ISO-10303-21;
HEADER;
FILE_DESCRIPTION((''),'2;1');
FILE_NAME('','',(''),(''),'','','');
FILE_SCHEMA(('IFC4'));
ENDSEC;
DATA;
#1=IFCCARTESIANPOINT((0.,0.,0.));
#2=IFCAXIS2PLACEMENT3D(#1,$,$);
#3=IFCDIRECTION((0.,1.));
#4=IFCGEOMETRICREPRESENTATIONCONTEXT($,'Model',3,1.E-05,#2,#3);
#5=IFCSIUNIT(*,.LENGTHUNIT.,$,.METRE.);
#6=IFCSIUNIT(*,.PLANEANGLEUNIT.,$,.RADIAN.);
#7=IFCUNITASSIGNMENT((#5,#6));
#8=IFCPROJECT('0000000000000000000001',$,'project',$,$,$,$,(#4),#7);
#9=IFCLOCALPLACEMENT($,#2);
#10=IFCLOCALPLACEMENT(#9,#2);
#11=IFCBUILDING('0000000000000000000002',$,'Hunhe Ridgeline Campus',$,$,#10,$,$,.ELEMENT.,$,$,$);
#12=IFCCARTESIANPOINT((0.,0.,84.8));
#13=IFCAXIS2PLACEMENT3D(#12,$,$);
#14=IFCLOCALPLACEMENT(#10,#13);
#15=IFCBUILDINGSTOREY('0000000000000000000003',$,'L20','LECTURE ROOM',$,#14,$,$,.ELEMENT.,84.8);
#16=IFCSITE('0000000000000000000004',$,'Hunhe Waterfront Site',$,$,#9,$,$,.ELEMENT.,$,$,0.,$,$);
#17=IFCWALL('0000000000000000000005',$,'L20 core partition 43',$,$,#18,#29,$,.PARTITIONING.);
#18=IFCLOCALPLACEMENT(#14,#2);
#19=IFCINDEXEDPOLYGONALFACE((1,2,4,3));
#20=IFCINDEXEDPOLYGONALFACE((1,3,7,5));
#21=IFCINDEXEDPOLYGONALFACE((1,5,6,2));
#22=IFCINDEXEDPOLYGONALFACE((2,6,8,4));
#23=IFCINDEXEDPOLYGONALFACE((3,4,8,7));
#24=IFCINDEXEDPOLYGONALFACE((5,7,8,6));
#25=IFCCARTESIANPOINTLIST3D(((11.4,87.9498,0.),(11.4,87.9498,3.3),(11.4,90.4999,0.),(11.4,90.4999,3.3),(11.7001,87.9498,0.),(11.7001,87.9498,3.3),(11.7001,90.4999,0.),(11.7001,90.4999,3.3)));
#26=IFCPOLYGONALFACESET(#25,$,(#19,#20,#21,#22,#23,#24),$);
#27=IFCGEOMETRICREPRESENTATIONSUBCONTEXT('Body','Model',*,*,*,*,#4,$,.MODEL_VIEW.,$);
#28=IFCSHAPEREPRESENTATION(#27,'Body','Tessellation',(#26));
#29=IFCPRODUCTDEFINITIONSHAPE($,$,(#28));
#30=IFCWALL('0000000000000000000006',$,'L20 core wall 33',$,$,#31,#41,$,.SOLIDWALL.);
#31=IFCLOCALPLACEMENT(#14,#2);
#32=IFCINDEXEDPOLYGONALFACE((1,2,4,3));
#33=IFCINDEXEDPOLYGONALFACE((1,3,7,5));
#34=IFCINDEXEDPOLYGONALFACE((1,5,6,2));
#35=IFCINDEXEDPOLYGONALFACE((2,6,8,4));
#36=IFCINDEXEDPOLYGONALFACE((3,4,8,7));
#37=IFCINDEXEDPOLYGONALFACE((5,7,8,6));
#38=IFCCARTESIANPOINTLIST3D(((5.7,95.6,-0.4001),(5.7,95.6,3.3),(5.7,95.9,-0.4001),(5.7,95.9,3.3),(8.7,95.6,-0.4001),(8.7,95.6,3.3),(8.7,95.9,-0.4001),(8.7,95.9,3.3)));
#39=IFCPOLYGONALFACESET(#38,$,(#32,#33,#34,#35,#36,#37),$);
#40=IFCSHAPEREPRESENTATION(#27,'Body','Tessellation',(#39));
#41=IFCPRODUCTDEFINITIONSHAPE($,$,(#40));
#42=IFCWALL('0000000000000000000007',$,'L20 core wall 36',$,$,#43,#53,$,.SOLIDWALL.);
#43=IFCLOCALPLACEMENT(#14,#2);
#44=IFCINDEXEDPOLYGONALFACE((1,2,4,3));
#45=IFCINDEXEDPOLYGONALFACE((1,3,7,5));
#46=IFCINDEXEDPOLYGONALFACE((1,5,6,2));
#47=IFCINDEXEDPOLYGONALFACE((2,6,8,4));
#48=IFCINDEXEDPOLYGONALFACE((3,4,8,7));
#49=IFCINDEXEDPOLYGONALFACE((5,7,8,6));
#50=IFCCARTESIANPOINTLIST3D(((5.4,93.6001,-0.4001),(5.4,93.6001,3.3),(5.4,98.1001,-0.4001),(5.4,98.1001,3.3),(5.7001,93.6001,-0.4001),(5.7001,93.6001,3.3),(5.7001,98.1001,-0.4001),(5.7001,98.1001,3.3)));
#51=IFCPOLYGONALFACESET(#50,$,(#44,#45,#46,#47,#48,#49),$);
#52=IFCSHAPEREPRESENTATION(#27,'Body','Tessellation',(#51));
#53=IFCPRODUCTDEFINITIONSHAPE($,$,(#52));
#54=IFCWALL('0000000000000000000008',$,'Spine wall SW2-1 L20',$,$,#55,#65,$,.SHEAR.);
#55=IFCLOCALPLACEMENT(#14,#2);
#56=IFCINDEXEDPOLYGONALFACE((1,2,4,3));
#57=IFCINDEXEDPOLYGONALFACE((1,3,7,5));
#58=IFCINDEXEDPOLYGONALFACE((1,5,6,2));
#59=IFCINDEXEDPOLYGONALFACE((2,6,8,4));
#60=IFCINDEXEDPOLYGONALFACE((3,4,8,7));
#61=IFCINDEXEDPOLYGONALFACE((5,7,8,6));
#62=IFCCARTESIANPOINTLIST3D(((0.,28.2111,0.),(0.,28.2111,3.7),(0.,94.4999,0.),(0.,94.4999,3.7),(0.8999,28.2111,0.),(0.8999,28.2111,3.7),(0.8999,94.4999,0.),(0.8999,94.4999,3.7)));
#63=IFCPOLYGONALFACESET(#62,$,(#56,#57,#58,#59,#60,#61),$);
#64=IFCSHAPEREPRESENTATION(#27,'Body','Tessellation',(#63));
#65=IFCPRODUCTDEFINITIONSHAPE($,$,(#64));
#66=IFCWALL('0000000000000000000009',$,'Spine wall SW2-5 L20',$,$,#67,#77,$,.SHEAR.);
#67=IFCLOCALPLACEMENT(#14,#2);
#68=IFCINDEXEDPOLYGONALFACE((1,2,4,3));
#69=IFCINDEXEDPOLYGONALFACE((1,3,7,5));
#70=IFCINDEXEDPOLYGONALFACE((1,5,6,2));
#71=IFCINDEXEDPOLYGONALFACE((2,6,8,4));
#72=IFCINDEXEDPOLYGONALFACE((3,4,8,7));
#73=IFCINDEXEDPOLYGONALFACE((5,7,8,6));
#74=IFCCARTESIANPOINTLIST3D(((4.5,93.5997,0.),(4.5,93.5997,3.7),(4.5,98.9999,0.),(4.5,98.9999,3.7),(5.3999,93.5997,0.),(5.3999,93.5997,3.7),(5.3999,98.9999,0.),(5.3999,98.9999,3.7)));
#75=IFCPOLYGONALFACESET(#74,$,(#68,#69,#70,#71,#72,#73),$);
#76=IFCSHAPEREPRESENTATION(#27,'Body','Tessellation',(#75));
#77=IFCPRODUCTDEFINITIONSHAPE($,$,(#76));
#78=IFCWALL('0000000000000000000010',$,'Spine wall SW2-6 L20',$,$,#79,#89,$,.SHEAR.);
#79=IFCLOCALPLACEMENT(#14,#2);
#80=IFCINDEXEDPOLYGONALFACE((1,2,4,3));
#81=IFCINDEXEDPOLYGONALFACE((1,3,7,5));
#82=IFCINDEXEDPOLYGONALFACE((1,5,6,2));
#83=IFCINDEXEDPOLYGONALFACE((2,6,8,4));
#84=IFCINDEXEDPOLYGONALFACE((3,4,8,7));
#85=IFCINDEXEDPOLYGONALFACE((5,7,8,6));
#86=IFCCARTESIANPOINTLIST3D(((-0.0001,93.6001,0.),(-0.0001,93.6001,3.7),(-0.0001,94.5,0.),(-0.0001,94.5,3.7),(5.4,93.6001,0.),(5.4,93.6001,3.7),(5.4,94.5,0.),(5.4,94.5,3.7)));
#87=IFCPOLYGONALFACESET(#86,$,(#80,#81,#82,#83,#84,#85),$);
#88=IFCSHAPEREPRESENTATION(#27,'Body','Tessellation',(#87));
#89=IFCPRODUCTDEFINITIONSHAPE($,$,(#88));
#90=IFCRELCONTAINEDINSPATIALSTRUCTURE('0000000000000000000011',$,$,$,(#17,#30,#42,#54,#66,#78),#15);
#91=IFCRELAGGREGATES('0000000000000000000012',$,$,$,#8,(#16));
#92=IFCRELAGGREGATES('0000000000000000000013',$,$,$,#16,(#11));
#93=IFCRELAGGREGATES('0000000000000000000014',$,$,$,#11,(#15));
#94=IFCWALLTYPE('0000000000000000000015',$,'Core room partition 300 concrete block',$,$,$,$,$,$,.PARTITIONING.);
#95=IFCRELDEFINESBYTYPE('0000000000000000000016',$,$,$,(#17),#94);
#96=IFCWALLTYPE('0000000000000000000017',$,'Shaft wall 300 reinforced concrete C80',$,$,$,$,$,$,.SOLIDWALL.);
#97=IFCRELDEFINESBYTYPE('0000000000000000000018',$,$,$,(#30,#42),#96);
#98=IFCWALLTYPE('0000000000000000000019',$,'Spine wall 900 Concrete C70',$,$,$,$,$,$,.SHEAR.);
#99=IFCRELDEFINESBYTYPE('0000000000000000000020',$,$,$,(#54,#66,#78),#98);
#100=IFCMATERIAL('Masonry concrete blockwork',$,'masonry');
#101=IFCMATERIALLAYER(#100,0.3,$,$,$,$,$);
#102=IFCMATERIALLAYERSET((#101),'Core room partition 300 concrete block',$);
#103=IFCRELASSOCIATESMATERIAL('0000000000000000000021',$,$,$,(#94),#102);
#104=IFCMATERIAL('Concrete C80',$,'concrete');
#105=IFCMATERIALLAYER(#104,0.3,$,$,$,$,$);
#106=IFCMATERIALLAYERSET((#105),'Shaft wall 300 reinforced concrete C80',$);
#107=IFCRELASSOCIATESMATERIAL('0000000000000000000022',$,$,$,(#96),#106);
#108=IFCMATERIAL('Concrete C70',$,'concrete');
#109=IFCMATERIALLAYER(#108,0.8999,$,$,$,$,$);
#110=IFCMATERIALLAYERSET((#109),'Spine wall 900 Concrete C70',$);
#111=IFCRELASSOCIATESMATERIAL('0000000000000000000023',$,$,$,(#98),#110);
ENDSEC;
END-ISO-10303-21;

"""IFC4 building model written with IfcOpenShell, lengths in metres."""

from ifc_helpers import new_model, si_unit, direction, frame, frame_2d, origin, place, context, subcontext, project, spatial, rectangle, extrude, material, layer, layer_set, type_object, element, save


model = new_model("IFC4")

# Units and contexts
model_context = context("Model", 3, precision=1e-05, world=origin(), true_north=direction((0.0, 1.0)))
body_context = subcontext(model_context, "Body", "Model", "MODEL_VIEW")
ifc_project = project(units=[si_unit("LENGTHUNIT", "METRE"), si_unit("PLANEANGLEUNIT", "RADIAN")], contexts=[model_context])

# Site, building, storey
site_placement = place(None, origin())
site = spatial("IfcSite", under=ifc_project, at=site_placement, Name="Hunhe Waterfront Site", CompositionType="ELEMENT", RefElevation=0.0)
building_placement = place(site_placement, origin())
building = spatial("IfcBuilding", under=site, at=building_placement, Name="Hunhe Ridgeline Campus", CompositionType="ELEMENT")
storey_placement = place(building_placement, frame((0.0, 0.0, 84.8)))
storey = spatial("IfcBuildingStorey", under=building, at=storey_placement, Name="L20", Description="LECTURE ROOM", CompositionType="ELEMENT", Elevation=84.8)

# Wall
ifc_material_1 = material(Name="Masonry concrete blockwork", Category="masonry")
ifc_layer_1 = layer(ifc_material_1, 0.3)
ifc_layer_set_1 = layer_set([ifc_layer_1], Name="Core room partition 300 concrete block")
wall_type_1 = type_object("IfcWallType", Name="Core room partition 300 concrete block", PredefinedType="PARTITIONING", material=ifc_layer_set_1)
wall_1_placement = place(storey_placement, frame((11.55, 87.95, 0.0), z_axis=(0.0, 0.0, 1.0), x_axis=(0.0, 1.0, 0.0)))
element("IfcWall", 1, at=wall_1_placement, inside=storey, type_object=wall_type_1, Name="L20 core partition 43", PredefinedType="PARTITIONING", context=body_context, shape_type="SweptSolid", body=[
    extrude(rectangle(XDim=2.55, YDim=0.3, at=frame_2d((1.2749, 0.0))), origin(), (0.0, 0.0, 1.0), 3.3),
])

# Shared definitions
ifc_material_2 = material(Name="Concrete C80", Category="concrete")
ifc_layer_2 = layer(ifc_material_2, 0.3)
ifc_layer_set_2 = layer_set([ifc_layer_2], Name="Shaft wall 300 reinforced concrete C80")
wall_type_2 = type_object("IfcWallType", Name="Shaft wall 300 reinforced concrete C80", PredefinedType="SOLIDWALL", material=ifc_layer_set_2)

# Walls
wall_2_placement = place(storey_placement, frame((5.7, 95.75, -0.4001), z_axis=(0.0, 0.0, 1.0), x_axis=(1.0, 0.0, 0.0)))
element("IfcWall", 2, at=wall_2_placement, inside=storey, type_object=wall_type_2, Name="L20 core wall 33", PredefinedType="SOLIDWALL", context=body_context, shape_type="SweptSolid", body=[
    extrude(rectangle(XDim=3.0, YDim=0.3, at=frame_2d((1.5, 0.0))), origin(), (0.0, 0.0, 1.0), 3.7002),
])
wall_3_placement = place(storey_placement, frame((5.55, 93.6001, -0.4001), z_axis=(0.0, 0.0, 1.0), x_axis=(0.0, 1.0, 0.0)))
element("IfcWall", 3, at=wall_3_placement, inside=storey, type_object=wall_type_2, Name="L20 core wall 36", PredefinedType="SOLIDWALL", context=body_context, shape_type="SweptSolid", body=[
    extrude(rectangle(XDim=4.5, YDim=0.3, at=frame_2d((2.25, 0.0))), origin(), (0.0, 0.0, 1.0), 3.7002),
])

# Walls
ifc_material_3 = material(Name="Concrete C70", Category="concrete")
ifc_layer_3 = layer(ifc_material_3, 0.8999)
ifc_layer_set_3 = layer_set([ifc_layer_3], Name="Spine wall 900 Concrete C70")
wall_type_3 = type_object("IfcWallType", Name="Spine wall 900 Concrete C70", PredefinedType="SHEAR", material=ifc_layer_set_3)
wall_4_placement = place(storey_placement, frame((0.45, 94.5, 0.0), z_axis=(0.0, 0.0, 1.0), x_axis=(0.0, -1.0, 0.0)))
element("IfcWall", 4, at=wall_4_placement, inside=storey, type_object=wall_type_3, Name="Spine wall SW2-1 L20", PredefinedType="SHEAR", context=body_context, shape_type="SweptSolid", body=[
    extrude(rectangle(XDim=66.2888, YDim=0.8999, at=frame_2d((33.1445, 0.0))), origin(), (0.0, 0.0, 1.0), 3.7),
])
for number, where, z_axis, x_axis, name in (
    (5, (4.95, 99.0, 0.0), (0.0, 0.0, 1.0), (0.0, -1.0, 0.0), "Spine wall SW2-5 L20"),
    (6, (5.4001, 94.05, 0.0), (0.0, 0.0, 1.0), (-1.0, 0.0, 0.0), "Spine wall SW2-6 L20"),
):
    element("IfcWall", number, at=place(storey_placement, frame(where, z_axis=z_axis, x_axis=x_axis)), inside=storey, type_object=wall_type_3, Name=name, PredefinedType="SHEAR", context=body_context, shape_type="SweptSolid", body=[
        extrude(rectangle(XDim=5.4001, YDim=0.8999, at=frame_2d((2.7002, 0.0))), origin(), (0.0, 0.0, 1.0), 3.7),
    ])

save(model, "model.ifc")
